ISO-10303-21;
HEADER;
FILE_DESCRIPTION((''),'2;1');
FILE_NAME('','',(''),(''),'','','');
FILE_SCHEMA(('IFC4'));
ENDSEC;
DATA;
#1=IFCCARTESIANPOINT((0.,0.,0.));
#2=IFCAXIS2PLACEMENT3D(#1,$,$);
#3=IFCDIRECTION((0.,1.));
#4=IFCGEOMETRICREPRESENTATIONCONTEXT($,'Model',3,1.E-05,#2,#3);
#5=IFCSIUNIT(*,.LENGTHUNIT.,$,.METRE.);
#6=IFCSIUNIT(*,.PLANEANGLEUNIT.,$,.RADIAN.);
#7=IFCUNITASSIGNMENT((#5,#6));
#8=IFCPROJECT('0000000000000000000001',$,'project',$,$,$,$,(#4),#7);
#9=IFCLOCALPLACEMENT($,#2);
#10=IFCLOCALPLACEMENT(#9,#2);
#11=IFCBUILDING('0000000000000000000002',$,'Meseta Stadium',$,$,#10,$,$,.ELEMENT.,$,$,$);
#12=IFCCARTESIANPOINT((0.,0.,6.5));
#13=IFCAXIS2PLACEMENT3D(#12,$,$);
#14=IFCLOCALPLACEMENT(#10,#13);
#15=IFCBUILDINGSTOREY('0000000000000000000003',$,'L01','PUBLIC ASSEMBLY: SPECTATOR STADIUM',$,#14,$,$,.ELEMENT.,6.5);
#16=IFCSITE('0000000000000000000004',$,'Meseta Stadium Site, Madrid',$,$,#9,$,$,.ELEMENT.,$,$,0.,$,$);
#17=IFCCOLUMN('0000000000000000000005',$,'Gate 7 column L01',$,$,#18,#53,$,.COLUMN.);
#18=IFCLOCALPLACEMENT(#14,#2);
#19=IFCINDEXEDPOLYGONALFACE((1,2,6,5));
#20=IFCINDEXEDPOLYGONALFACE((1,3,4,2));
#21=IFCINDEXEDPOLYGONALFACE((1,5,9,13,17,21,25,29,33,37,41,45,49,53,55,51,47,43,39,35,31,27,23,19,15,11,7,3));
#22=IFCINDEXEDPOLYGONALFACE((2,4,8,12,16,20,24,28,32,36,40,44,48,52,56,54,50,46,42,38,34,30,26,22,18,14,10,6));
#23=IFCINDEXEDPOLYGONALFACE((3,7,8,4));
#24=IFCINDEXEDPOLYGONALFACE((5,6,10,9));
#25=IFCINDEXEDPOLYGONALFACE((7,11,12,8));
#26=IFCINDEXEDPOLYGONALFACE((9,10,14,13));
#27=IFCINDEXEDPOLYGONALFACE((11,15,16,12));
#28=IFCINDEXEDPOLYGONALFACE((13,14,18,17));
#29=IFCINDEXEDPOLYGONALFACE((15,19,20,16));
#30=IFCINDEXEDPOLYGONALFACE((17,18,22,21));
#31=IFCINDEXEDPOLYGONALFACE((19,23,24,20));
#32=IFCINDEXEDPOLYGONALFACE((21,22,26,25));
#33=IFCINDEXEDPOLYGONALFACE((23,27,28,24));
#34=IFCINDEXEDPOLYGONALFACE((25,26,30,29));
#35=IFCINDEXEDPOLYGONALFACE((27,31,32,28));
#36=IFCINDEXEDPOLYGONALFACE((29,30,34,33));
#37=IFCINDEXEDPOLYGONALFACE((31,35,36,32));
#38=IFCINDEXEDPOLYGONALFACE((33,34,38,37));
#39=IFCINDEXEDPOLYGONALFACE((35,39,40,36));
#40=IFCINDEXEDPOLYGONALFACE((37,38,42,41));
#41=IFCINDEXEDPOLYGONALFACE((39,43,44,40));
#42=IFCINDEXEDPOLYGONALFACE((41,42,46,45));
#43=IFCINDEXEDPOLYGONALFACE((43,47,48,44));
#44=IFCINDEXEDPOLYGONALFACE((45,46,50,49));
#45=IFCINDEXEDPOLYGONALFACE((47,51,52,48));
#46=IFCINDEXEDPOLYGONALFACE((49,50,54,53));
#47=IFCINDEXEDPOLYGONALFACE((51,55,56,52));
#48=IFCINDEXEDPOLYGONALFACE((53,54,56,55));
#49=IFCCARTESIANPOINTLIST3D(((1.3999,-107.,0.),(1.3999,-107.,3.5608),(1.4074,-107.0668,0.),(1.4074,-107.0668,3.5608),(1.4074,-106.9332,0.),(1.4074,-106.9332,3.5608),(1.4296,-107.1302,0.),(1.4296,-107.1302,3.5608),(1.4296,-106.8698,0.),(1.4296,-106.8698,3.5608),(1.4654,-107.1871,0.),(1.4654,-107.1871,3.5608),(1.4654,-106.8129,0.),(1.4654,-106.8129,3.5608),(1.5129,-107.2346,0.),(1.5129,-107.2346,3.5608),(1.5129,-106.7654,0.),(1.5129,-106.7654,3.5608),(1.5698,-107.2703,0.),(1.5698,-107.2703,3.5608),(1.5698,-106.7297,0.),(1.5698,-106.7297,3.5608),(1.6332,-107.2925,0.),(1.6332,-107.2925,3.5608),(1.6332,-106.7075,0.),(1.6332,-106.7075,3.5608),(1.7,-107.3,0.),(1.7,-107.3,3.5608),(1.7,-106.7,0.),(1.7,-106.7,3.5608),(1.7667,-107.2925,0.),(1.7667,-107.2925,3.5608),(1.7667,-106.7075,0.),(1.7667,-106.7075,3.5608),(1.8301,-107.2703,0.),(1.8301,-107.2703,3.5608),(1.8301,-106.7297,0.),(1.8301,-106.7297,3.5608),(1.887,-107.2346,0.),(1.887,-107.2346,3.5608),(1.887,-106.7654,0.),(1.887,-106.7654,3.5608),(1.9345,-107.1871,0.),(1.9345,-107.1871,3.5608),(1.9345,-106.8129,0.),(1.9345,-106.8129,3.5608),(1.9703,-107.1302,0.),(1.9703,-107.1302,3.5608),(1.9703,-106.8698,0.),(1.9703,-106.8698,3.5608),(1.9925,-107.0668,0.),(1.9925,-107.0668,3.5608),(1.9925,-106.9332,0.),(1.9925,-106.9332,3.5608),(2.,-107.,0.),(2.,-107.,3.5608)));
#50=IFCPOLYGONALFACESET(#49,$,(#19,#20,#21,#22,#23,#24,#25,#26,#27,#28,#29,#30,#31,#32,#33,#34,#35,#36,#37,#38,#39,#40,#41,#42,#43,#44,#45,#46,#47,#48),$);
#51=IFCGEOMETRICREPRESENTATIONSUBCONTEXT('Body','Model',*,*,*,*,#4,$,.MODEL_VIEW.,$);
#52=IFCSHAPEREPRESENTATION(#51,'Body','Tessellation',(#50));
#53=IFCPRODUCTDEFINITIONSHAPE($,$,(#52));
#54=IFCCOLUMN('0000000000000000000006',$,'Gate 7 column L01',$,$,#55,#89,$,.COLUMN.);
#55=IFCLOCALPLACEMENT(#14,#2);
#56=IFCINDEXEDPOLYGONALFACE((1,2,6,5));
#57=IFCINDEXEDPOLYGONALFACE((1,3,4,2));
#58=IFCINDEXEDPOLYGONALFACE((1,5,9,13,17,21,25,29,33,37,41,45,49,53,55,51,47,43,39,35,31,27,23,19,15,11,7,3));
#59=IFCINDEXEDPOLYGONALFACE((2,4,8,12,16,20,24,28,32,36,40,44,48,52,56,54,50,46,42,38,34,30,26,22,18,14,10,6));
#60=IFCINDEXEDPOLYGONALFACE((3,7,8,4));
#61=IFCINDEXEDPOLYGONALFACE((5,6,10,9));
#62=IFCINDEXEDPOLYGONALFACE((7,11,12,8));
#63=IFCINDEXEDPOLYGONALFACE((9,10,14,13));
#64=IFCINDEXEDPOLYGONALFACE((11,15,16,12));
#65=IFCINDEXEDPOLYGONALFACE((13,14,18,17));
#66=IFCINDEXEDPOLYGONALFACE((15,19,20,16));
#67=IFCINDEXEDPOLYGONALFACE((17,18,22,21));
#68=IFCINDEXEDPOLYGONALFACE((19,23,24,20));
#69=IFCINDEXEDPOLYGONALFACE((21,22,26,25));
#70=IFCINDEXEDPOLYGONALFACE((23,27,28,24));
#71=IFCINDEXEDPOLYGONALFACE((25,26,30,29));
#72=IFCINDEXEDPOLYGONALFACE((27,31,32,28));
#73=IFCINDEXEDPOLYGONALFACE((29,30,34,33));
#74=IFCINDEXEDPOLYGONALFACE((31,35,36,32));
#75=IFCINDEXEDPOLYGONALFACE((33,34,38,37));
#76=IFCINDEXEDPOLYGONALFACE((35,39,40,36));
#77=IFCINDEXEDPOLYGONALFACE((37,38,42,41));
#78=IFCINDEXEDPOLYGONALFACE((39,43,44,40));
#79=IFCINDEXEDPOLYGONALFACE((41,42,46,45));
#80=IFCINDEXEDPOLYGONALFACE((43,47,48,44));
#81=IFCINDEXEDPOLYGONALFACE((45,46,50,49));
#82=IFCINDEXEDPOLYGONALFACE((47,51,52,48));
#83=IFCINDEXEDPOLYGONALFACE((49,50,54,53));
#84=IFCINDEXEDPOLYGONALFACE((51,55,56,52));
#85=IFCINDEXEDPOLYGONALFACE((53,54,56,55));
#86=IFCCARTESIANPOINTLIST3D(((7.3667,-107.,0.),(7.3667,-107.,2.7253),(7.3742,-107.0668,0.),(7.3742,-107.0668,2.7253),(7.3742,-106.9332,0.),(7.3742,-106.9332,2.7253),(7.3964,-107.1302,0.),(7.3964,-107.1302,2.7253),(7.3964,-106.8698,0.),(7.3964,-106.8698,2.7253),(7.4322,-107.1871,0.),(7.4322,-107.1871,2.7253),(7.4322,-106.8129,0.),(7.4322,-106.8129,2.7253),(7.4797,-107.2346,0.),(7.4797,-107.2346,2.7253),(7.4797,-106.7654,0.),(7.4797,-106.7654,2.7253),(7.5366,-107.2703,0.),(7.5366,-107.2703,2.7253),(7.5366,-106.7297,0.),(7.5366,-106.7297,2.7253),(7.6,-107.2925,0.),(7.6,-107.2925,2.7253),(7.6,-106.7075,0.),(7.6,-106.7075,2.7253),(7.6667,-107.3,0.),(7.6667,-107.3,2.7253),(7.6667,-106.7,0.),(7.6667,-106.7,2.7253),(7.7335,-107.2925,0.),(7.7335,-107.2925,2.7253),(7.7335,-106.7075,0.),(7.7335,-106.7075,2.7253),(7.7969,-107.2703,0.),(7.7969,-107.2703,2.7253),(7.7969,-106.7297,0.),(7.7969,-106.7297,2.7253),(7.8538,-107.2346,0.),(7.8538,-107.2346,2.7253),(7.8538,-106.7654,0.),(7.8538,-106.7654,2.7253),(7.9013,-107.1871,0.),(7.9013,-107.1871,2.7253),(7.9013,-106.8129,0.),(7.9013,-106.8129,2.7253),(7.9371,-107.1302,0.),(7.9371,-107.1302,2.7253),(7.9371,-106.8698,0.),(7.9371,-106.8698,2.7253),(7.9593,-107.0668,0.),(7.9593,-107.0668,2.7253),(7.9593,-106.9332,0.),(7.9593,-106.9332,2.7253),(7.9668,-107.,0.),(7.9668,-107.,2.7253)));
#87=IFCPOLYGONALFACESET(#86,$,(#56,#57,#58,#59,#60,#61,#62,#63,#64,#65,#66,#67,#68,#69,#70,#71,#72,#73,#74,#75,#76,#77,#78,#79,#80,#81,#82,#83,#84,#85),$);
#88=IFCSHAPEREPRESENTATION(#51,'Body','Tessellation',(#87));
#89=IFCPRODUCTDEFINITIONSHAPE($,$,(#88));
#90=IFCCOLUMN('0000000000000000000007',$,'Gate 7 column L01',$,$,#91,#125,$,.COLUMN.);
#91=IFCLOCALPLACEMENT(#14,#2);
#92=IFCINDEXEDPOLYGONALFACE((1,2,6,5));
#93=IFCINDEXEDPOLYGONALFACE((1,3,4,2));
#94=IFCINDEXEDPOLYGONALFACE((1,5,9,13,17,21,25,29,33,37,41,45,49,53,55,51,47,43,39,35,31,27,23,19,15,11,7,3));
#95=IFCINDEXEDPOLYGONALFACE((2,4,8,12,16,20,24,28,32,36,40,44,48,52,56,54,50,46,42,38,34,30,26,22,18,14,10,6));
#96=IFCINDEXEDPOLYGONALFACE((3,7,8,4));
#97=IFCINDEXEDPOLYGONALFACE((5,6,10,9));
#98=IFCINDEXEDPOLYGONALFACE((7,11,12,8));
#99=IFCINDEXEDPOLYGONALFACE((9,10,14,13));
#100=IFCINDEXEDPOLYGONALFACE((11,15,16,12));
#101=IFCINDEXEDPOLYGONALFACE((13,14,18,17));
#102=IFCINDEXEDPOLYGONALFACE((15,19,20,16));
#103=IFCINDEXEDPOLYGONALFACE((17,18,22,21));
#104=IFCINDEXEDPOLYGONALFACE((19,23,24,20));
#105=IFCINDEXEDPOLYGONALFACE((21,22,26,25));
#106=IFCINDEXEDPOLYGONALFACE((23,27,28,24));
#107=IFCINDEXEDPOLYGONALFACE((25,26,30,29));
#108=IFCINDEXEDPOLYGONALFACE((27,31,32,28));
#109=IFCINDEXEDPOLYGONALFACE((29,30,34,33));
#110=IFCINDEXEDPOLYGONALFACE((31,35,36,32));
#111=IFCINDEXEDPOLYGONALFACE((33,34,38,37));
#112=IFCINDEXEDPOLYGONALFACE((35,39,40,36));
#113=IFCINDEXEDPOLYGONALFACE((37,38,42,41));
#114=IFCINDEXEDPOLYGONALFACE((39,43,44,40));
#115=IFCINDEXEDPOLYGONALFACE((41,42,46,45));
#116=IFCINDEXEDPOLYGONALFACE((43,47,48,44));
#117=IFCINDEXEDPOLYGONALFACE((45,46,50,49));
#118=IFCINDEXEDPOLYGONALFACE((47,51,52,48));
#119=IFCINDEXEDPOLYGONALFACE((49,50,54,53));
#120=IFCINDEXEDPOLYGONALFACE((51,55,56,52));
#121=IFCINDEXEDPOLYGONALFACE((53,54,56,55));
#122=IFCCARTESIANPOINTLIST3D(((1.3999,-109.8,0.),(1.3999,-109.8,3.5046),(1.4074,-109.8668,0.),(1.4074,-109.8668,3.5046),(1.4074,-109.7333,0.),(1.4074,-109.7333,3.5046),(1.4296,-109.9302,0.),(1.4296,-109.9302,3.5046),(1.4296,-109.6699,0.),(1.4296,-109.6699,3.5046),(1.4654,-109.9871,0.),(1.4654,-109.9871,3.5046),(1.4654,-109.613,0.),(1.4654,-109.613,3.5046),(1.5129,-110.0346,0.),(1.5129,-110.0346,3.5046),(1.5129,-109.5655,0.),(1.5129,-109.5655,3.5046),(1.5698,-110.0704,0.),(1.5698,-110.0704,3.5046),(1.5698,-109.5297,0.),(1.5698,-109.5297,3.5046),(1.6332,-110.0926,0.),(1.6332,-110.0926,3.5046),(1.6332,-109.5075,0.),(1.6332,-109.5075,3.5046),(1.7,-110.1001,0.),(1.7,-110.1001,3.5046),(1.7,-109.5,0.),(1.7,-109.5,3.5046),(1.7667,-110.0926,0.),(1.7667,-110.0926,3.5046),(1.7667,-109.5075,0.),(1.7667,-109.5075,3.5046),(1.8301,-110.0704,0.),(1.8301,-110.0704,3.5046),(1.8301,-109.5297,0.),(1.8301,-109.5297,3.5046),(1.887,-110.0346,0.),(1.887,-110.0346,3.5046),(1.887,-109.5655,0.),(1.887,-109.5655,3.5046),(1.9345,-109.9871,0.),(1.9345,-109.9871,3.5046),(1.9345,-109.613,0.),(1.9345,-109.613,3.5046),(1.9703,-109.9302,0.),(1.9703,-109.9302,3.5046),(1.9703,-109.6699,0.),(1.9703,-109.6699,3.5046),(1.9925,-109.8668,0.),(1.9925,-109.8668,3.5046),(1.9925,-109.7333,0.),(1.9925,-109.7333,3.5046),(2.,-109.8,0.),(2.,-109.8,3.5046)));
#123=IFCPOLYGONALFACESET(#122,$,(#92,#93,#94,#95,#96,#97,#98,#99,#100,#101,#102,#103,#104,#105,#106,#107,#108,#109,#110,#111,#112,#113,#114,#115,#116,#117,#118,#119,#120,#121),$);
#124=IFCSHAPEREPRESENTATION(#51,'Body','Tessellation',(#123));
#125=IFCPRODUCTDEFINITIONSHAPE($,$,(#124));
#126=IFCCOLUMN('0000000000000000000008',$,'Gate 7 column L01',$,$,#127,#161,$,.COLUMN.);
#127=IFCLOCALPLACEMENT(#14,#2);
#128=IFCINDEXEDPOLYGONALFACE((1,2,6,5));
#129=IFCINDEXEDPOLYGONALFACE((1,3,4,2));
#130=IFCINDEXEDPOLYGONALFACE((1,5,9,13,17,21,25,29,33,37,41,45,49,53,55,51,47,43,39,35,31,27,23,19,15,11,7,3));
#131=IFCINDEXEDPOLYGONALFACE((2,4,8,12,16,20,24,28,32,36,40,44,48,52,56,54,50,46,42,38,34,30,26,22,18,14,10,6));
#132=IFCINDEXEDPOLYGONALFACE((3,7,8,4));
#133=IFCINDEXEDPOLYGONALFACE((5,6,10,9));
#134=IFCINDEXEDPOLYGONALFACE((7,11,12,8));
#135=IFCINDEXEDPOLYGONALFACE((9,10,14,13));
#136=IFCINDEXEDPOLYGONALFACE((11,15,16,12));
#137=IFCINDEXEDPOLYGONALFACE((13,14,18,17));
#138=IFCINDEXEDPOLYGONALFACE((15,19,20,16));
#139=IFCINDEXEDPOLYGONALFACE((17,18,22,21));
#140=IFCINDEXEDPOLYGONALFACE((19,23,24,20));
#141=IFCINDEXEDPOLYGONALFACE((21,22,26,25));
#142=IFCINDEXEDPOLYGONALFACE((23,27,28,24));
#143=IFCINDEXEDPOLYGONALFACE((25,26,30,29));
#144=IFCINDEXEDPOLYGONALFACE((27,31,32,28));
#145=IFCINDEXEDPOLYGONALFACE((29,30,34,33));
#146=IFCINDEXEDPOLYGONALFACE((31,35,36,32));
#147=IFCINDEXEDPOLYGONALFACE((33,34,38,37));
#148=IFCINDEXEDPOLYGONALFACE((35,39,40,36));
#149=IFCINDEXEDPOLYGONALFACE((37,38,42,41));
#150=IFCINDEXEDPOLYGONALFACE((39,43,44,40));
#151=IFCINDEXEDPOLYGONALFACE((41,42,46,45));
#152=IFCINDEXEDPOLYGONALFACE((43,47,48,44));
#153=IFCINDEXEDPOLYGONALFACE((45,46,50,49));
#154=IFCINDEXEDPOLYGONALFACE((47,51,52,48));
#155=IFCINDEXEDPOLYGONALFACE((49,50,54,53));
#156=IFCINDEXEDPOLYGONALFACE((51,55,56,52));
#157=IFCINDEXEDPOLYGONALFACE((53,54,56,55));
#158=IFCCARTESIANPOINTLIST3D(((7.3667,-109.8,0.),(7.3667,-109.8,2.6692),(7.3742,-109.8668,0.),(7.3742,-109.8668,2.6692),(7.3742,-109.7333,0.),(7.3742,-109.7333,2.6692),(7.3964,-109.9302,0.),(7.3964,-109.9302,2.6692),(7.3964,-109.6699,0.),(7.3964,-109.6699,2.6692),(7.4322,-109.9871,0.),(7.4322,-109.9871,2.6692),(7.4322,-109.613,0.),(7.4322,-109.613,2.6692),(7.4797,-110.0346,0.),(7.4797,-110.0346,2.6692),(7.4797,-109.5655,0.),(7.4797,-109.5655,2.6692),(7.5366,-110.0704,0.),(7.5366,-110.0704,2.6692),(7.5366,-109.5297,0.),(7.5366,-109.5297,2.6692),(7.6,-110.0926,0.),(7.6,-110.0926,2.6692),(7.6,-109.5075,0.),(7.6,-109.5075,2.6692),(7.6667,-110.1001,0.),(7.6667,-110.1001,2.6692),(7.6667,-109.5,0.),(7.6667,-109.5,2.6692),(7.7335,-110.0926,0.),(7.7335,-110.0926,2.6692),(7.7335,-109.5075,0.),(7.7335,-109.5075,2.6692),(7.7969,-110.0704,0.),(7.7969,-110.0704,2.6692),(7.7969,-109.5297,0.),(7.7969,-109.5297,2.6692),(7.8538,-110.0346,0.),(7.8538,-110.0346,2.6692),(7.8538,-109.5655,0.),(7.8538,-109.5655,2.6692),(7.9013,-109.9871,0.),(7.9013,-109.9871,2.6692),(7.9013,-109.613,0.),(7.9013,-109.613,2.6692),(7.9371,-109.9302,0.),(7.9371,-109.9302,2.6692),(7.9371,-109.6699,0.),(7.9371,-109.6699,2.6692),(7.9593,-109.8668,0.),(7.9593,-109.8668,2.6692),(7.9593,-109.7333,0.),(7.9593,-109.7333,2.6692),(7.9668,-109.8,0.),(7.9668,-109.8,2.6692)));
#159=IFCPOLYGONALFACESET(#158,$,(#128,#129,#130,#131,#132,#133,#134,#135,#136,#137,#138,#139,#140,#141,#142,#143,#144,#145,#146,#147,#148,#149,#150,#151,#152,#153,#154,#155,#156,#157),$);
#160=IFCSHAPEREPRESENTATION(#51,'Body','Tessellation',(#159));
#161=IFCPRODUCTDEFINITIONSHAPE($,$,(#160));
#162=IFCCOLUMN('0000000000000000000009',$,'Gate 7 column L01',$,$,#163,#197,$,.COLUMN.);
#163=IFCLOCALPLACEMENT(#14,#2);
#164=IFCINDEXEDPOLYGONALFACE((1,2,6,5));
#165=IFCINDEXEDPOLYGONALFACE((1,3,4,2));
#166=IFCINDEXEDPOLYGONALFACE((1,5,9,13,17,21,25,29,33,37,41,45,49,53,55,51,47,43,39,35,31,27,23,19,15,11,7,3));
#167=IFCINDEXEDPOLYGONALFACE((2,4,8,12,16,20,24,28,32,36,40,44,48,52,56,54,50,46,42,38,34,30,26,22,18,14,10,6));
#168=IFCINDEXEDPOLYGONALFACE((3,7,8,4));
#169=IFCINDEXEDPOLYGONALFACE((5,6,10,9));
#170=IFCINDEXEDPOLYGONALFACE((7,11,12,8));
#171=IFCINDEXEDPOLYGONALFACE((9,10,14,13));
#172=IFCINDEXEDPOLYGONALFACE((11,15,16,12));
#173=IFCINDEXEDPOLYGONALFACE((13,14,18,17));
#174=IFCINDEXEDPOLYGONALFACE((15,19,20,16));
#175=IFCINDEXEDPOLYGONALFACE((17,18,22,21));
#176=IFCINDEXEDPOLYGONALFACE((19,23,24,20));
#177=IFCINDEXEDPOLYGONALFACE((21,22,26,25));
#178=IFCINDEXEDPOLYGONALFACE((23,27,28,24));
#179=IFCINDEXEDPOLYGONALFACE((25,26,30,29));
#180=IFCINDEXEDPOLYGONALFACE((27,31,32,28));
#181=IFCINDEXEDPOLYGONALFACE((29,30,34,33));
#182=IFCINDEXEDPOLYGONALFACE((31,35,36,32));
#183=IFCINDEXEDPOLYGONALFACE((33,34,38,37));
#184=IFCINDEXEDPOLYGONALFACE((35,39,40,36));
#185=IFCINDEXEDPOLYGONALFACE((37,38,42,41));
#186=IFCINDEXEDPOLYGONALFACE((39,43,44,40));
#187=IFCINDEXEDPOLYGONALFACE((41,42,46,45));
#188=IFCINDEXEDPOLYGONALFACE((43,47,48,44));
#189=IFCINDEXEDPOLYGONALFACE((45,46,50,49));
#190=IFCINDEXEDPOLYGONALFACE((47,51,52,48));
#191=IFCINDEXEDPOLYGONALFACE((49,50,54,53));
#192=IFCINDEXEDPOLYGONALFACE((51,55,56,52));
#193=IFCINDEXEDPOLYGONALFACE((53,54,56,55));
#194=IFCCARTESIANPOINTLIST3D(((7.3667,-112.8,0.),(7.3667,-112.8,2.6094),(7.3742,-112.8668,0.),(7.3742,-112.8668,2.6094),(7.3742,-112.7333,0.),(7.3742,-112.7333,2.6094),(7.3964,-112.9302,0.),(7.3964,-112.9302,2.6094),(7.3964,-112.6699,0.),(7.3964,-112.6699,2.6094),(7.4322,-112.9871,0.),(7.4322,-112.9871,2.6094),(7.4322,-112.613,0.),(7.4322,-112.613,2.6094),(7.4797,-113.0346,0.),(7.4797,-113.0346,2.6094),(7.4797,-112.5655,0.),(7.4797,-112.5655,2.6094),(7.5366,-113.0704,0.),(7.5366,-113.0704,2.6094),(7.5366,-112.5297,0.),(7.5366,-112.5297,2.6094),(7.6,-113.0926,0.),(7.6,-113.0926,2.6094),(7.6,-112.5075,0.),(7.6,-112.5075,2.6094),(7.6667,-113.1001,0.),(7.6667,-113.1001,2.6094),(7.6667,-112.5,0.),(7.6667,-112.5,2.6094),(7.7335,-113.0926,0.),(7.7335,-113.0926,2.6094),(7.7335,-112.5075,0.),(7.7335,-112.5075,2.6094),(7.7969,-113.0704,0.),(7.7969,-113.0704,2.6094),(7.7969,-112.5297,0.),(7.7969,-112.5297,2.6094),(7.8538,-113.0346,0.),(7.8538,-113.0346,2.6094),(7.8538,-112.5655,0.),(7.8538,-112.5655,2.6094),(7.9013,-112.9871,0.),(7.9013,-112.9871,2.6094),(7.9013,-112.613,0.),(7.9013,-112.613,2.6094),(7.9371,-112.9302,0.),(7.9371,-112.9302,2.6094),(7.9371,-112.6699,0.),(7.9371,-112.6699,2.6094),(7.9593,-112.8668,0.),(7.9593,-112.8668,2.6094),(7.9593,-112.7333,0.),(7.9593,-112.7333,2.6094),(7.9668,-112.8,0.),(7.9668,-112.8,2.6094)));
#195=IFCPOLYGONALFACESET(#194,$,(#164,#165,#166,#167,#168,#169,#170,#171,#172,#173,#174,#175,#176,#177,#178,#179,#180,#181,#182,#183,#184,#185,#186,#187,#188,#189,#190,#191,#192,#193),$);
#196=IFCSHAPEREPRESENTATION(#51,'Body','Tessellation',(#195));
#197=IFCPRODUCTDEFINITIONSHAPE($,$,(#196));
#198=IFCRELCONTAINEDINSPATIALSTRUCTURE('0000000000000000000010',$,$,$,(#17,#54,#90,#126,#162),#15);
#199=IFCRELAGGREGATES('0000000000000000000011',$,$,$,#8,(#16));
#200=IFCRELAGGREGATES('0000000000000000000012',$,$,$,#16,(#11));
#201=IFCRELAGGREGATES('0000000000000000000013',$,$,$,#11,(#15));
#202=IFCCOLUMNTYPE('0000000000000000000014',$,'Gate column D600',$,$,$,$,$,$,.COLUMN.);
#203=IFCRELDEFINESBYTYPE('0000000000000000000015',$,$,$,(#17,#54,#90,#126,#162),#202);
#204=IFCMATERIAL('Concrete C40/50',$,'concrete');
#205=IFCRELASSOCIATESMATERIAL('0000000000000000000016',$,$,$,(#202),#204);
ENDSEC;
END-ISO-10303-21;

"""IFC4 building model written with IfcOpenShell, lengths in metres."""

from ifc_helpers import new_model, si_unit, direction, frame, origin, origin_2d, place, context, subcontext, project, spatial, circle, extrude, material, material_profile, profile_set, type_object, element, save


model = new_model("IFC4")

# Units and contexts
model_context = context("Model", 3, precision=1e-05, world=origin(), true_north=direction((0.0, 1.0)))
body_context = subcontext(model_context, "Body", "Model", "MODEL_VIEW")
ifc_project = project(units=[si_unit("LENGTHUNIT", "METRE"), si_unit("PLANEANGLEUNIT", "RADIAN")], contexts=[model_context])

# Site, building, storey
site_placement = place(None, origin())
site = spatial("IfcSite", under=ifc_project, at=site_placement, Name="Meseta Stadium Site, Madrid", CompositionType="ELEMENT", RefElevation=0.0)
building_placement = place(site_placement, origin())
building = spatial("IfcBuilding", under=site, at=building_placement, Name="Meseta Stadium", CompositionType="ELEMENT")
storey_placement = place(building_placement, frame((0.0, 0.0, 6.5)))
storey = spatial("IfcBuildingStorey", under=building, at=storey_placement, Name="L01", Description="PUBLIC ASSEMBLY: SPECTATOR STADIUM", CompositionType="ELEMENT", Elevation=6.5)

# Columns
ifc_material_1 = material(Name="Concrete C40/50", Category="concrete")
ifc_material_profile_1 = material_profile(ifc_material_1, circle(Radius=0.3, at=origin_2d()), Name="RC D600")
ifc_profile_set_1 = profile_set([ifc_material_profile_1], Name="Concrete C40/50")
column_type = type_object("IfcColumnType", Name="Gate column D600", PredefinedType="COLUMN", material=ifc_profile_set_1)
column_1_placement = place(storey_placement, frame((1.7, -107.0, 0.0), z_axis=(0.0, 0.0, 1.0), x_axis=(1.0, 0.0, 0.0)))
element("IfcColumn", 1, at=column_1_placement, inside=storey, type_object=column_type, Name="Gate 7 column L01", PredefinedType="COLUMN", context=body_context, shape_type="SweptSolid", body=[
    extrude(circle(Radius=0.3, at=origin_2d()), origin(), (0.0, 0.0, 1.0), 3.5608),
])
column_2_placement = place(storey_placement, frame((7.6667, -107.0, 0.0), z_axis=(0.0, 0.0, 1.0), x_axis=(1.0, 0.0, 0.0)))
element("IfcColumn", 2, at=column_2_placement, inside=storey, type_object=column_type, Name="Gate 7 column L01", PredefinedType="COLUMN", context=body_context, shape_type="SweptSolid", body=[
    extrude(circle(Radius=0.3, at=origin_2d()), origin(), (0.0, 0.0, 1.0), 2.7253),
])
column_3_placement = place(storey_placement, frame((1.7, -109.8, 0.0), z_axis=(0.0, 0.0, 1.0), x_axis=(1.0, 0.0, 0.0)))
element("IfcColumn", 3, at=column_3_placement, inside=storey, type_object=column_type, Name="Gate 7 column L01", PredefinedType="COLUMN", context=body_context, shape_type="SweptSolid", body=[
    extrude(circle(Radius=0.3, at=origin_2d()), origin(), (0.0, 0.0, 1.0), 3.5046),
])
column_4_placement = place(storey_placement, frame((7.6667, -109.8, 0.0), z_axis=(0.0, 0.0, 1.0), x_axis=(1.0, 0.0, 0.0)))
element("IfcColumn", 4, at=column_4_placement, inside=storey, type_object=column_type, Name="Gate 7 column L01", PredefinedType="COLUMN", context=body_context, shape_type="SweptSolid", body=[
    extrude(circle(Radius=0.3, at=origin_2d()), origin(), (0.0, 0.0, 1.0), 2.6692),
])
column_5_placement = place(storey_placement, frame((7.6667, -112.8, 0.0), z_axis=(0.0, 0.0, 1.0), x_axis=(1.0, 0.0, 0.0)))
element("IfcColumn", 5, at=column_5_placement, inside=storey, type_object=column_type, Name="Gate 7 column L01", PredefinedType="COLUMN", context=body_context, shape_type="SweptSolid", body=[
    extrude(circle(Radius=0.3, at=origin_2d()), origin(), (0.0, 0.0, 1.0), 2.6094),
])

save(model, "model.ifc")
